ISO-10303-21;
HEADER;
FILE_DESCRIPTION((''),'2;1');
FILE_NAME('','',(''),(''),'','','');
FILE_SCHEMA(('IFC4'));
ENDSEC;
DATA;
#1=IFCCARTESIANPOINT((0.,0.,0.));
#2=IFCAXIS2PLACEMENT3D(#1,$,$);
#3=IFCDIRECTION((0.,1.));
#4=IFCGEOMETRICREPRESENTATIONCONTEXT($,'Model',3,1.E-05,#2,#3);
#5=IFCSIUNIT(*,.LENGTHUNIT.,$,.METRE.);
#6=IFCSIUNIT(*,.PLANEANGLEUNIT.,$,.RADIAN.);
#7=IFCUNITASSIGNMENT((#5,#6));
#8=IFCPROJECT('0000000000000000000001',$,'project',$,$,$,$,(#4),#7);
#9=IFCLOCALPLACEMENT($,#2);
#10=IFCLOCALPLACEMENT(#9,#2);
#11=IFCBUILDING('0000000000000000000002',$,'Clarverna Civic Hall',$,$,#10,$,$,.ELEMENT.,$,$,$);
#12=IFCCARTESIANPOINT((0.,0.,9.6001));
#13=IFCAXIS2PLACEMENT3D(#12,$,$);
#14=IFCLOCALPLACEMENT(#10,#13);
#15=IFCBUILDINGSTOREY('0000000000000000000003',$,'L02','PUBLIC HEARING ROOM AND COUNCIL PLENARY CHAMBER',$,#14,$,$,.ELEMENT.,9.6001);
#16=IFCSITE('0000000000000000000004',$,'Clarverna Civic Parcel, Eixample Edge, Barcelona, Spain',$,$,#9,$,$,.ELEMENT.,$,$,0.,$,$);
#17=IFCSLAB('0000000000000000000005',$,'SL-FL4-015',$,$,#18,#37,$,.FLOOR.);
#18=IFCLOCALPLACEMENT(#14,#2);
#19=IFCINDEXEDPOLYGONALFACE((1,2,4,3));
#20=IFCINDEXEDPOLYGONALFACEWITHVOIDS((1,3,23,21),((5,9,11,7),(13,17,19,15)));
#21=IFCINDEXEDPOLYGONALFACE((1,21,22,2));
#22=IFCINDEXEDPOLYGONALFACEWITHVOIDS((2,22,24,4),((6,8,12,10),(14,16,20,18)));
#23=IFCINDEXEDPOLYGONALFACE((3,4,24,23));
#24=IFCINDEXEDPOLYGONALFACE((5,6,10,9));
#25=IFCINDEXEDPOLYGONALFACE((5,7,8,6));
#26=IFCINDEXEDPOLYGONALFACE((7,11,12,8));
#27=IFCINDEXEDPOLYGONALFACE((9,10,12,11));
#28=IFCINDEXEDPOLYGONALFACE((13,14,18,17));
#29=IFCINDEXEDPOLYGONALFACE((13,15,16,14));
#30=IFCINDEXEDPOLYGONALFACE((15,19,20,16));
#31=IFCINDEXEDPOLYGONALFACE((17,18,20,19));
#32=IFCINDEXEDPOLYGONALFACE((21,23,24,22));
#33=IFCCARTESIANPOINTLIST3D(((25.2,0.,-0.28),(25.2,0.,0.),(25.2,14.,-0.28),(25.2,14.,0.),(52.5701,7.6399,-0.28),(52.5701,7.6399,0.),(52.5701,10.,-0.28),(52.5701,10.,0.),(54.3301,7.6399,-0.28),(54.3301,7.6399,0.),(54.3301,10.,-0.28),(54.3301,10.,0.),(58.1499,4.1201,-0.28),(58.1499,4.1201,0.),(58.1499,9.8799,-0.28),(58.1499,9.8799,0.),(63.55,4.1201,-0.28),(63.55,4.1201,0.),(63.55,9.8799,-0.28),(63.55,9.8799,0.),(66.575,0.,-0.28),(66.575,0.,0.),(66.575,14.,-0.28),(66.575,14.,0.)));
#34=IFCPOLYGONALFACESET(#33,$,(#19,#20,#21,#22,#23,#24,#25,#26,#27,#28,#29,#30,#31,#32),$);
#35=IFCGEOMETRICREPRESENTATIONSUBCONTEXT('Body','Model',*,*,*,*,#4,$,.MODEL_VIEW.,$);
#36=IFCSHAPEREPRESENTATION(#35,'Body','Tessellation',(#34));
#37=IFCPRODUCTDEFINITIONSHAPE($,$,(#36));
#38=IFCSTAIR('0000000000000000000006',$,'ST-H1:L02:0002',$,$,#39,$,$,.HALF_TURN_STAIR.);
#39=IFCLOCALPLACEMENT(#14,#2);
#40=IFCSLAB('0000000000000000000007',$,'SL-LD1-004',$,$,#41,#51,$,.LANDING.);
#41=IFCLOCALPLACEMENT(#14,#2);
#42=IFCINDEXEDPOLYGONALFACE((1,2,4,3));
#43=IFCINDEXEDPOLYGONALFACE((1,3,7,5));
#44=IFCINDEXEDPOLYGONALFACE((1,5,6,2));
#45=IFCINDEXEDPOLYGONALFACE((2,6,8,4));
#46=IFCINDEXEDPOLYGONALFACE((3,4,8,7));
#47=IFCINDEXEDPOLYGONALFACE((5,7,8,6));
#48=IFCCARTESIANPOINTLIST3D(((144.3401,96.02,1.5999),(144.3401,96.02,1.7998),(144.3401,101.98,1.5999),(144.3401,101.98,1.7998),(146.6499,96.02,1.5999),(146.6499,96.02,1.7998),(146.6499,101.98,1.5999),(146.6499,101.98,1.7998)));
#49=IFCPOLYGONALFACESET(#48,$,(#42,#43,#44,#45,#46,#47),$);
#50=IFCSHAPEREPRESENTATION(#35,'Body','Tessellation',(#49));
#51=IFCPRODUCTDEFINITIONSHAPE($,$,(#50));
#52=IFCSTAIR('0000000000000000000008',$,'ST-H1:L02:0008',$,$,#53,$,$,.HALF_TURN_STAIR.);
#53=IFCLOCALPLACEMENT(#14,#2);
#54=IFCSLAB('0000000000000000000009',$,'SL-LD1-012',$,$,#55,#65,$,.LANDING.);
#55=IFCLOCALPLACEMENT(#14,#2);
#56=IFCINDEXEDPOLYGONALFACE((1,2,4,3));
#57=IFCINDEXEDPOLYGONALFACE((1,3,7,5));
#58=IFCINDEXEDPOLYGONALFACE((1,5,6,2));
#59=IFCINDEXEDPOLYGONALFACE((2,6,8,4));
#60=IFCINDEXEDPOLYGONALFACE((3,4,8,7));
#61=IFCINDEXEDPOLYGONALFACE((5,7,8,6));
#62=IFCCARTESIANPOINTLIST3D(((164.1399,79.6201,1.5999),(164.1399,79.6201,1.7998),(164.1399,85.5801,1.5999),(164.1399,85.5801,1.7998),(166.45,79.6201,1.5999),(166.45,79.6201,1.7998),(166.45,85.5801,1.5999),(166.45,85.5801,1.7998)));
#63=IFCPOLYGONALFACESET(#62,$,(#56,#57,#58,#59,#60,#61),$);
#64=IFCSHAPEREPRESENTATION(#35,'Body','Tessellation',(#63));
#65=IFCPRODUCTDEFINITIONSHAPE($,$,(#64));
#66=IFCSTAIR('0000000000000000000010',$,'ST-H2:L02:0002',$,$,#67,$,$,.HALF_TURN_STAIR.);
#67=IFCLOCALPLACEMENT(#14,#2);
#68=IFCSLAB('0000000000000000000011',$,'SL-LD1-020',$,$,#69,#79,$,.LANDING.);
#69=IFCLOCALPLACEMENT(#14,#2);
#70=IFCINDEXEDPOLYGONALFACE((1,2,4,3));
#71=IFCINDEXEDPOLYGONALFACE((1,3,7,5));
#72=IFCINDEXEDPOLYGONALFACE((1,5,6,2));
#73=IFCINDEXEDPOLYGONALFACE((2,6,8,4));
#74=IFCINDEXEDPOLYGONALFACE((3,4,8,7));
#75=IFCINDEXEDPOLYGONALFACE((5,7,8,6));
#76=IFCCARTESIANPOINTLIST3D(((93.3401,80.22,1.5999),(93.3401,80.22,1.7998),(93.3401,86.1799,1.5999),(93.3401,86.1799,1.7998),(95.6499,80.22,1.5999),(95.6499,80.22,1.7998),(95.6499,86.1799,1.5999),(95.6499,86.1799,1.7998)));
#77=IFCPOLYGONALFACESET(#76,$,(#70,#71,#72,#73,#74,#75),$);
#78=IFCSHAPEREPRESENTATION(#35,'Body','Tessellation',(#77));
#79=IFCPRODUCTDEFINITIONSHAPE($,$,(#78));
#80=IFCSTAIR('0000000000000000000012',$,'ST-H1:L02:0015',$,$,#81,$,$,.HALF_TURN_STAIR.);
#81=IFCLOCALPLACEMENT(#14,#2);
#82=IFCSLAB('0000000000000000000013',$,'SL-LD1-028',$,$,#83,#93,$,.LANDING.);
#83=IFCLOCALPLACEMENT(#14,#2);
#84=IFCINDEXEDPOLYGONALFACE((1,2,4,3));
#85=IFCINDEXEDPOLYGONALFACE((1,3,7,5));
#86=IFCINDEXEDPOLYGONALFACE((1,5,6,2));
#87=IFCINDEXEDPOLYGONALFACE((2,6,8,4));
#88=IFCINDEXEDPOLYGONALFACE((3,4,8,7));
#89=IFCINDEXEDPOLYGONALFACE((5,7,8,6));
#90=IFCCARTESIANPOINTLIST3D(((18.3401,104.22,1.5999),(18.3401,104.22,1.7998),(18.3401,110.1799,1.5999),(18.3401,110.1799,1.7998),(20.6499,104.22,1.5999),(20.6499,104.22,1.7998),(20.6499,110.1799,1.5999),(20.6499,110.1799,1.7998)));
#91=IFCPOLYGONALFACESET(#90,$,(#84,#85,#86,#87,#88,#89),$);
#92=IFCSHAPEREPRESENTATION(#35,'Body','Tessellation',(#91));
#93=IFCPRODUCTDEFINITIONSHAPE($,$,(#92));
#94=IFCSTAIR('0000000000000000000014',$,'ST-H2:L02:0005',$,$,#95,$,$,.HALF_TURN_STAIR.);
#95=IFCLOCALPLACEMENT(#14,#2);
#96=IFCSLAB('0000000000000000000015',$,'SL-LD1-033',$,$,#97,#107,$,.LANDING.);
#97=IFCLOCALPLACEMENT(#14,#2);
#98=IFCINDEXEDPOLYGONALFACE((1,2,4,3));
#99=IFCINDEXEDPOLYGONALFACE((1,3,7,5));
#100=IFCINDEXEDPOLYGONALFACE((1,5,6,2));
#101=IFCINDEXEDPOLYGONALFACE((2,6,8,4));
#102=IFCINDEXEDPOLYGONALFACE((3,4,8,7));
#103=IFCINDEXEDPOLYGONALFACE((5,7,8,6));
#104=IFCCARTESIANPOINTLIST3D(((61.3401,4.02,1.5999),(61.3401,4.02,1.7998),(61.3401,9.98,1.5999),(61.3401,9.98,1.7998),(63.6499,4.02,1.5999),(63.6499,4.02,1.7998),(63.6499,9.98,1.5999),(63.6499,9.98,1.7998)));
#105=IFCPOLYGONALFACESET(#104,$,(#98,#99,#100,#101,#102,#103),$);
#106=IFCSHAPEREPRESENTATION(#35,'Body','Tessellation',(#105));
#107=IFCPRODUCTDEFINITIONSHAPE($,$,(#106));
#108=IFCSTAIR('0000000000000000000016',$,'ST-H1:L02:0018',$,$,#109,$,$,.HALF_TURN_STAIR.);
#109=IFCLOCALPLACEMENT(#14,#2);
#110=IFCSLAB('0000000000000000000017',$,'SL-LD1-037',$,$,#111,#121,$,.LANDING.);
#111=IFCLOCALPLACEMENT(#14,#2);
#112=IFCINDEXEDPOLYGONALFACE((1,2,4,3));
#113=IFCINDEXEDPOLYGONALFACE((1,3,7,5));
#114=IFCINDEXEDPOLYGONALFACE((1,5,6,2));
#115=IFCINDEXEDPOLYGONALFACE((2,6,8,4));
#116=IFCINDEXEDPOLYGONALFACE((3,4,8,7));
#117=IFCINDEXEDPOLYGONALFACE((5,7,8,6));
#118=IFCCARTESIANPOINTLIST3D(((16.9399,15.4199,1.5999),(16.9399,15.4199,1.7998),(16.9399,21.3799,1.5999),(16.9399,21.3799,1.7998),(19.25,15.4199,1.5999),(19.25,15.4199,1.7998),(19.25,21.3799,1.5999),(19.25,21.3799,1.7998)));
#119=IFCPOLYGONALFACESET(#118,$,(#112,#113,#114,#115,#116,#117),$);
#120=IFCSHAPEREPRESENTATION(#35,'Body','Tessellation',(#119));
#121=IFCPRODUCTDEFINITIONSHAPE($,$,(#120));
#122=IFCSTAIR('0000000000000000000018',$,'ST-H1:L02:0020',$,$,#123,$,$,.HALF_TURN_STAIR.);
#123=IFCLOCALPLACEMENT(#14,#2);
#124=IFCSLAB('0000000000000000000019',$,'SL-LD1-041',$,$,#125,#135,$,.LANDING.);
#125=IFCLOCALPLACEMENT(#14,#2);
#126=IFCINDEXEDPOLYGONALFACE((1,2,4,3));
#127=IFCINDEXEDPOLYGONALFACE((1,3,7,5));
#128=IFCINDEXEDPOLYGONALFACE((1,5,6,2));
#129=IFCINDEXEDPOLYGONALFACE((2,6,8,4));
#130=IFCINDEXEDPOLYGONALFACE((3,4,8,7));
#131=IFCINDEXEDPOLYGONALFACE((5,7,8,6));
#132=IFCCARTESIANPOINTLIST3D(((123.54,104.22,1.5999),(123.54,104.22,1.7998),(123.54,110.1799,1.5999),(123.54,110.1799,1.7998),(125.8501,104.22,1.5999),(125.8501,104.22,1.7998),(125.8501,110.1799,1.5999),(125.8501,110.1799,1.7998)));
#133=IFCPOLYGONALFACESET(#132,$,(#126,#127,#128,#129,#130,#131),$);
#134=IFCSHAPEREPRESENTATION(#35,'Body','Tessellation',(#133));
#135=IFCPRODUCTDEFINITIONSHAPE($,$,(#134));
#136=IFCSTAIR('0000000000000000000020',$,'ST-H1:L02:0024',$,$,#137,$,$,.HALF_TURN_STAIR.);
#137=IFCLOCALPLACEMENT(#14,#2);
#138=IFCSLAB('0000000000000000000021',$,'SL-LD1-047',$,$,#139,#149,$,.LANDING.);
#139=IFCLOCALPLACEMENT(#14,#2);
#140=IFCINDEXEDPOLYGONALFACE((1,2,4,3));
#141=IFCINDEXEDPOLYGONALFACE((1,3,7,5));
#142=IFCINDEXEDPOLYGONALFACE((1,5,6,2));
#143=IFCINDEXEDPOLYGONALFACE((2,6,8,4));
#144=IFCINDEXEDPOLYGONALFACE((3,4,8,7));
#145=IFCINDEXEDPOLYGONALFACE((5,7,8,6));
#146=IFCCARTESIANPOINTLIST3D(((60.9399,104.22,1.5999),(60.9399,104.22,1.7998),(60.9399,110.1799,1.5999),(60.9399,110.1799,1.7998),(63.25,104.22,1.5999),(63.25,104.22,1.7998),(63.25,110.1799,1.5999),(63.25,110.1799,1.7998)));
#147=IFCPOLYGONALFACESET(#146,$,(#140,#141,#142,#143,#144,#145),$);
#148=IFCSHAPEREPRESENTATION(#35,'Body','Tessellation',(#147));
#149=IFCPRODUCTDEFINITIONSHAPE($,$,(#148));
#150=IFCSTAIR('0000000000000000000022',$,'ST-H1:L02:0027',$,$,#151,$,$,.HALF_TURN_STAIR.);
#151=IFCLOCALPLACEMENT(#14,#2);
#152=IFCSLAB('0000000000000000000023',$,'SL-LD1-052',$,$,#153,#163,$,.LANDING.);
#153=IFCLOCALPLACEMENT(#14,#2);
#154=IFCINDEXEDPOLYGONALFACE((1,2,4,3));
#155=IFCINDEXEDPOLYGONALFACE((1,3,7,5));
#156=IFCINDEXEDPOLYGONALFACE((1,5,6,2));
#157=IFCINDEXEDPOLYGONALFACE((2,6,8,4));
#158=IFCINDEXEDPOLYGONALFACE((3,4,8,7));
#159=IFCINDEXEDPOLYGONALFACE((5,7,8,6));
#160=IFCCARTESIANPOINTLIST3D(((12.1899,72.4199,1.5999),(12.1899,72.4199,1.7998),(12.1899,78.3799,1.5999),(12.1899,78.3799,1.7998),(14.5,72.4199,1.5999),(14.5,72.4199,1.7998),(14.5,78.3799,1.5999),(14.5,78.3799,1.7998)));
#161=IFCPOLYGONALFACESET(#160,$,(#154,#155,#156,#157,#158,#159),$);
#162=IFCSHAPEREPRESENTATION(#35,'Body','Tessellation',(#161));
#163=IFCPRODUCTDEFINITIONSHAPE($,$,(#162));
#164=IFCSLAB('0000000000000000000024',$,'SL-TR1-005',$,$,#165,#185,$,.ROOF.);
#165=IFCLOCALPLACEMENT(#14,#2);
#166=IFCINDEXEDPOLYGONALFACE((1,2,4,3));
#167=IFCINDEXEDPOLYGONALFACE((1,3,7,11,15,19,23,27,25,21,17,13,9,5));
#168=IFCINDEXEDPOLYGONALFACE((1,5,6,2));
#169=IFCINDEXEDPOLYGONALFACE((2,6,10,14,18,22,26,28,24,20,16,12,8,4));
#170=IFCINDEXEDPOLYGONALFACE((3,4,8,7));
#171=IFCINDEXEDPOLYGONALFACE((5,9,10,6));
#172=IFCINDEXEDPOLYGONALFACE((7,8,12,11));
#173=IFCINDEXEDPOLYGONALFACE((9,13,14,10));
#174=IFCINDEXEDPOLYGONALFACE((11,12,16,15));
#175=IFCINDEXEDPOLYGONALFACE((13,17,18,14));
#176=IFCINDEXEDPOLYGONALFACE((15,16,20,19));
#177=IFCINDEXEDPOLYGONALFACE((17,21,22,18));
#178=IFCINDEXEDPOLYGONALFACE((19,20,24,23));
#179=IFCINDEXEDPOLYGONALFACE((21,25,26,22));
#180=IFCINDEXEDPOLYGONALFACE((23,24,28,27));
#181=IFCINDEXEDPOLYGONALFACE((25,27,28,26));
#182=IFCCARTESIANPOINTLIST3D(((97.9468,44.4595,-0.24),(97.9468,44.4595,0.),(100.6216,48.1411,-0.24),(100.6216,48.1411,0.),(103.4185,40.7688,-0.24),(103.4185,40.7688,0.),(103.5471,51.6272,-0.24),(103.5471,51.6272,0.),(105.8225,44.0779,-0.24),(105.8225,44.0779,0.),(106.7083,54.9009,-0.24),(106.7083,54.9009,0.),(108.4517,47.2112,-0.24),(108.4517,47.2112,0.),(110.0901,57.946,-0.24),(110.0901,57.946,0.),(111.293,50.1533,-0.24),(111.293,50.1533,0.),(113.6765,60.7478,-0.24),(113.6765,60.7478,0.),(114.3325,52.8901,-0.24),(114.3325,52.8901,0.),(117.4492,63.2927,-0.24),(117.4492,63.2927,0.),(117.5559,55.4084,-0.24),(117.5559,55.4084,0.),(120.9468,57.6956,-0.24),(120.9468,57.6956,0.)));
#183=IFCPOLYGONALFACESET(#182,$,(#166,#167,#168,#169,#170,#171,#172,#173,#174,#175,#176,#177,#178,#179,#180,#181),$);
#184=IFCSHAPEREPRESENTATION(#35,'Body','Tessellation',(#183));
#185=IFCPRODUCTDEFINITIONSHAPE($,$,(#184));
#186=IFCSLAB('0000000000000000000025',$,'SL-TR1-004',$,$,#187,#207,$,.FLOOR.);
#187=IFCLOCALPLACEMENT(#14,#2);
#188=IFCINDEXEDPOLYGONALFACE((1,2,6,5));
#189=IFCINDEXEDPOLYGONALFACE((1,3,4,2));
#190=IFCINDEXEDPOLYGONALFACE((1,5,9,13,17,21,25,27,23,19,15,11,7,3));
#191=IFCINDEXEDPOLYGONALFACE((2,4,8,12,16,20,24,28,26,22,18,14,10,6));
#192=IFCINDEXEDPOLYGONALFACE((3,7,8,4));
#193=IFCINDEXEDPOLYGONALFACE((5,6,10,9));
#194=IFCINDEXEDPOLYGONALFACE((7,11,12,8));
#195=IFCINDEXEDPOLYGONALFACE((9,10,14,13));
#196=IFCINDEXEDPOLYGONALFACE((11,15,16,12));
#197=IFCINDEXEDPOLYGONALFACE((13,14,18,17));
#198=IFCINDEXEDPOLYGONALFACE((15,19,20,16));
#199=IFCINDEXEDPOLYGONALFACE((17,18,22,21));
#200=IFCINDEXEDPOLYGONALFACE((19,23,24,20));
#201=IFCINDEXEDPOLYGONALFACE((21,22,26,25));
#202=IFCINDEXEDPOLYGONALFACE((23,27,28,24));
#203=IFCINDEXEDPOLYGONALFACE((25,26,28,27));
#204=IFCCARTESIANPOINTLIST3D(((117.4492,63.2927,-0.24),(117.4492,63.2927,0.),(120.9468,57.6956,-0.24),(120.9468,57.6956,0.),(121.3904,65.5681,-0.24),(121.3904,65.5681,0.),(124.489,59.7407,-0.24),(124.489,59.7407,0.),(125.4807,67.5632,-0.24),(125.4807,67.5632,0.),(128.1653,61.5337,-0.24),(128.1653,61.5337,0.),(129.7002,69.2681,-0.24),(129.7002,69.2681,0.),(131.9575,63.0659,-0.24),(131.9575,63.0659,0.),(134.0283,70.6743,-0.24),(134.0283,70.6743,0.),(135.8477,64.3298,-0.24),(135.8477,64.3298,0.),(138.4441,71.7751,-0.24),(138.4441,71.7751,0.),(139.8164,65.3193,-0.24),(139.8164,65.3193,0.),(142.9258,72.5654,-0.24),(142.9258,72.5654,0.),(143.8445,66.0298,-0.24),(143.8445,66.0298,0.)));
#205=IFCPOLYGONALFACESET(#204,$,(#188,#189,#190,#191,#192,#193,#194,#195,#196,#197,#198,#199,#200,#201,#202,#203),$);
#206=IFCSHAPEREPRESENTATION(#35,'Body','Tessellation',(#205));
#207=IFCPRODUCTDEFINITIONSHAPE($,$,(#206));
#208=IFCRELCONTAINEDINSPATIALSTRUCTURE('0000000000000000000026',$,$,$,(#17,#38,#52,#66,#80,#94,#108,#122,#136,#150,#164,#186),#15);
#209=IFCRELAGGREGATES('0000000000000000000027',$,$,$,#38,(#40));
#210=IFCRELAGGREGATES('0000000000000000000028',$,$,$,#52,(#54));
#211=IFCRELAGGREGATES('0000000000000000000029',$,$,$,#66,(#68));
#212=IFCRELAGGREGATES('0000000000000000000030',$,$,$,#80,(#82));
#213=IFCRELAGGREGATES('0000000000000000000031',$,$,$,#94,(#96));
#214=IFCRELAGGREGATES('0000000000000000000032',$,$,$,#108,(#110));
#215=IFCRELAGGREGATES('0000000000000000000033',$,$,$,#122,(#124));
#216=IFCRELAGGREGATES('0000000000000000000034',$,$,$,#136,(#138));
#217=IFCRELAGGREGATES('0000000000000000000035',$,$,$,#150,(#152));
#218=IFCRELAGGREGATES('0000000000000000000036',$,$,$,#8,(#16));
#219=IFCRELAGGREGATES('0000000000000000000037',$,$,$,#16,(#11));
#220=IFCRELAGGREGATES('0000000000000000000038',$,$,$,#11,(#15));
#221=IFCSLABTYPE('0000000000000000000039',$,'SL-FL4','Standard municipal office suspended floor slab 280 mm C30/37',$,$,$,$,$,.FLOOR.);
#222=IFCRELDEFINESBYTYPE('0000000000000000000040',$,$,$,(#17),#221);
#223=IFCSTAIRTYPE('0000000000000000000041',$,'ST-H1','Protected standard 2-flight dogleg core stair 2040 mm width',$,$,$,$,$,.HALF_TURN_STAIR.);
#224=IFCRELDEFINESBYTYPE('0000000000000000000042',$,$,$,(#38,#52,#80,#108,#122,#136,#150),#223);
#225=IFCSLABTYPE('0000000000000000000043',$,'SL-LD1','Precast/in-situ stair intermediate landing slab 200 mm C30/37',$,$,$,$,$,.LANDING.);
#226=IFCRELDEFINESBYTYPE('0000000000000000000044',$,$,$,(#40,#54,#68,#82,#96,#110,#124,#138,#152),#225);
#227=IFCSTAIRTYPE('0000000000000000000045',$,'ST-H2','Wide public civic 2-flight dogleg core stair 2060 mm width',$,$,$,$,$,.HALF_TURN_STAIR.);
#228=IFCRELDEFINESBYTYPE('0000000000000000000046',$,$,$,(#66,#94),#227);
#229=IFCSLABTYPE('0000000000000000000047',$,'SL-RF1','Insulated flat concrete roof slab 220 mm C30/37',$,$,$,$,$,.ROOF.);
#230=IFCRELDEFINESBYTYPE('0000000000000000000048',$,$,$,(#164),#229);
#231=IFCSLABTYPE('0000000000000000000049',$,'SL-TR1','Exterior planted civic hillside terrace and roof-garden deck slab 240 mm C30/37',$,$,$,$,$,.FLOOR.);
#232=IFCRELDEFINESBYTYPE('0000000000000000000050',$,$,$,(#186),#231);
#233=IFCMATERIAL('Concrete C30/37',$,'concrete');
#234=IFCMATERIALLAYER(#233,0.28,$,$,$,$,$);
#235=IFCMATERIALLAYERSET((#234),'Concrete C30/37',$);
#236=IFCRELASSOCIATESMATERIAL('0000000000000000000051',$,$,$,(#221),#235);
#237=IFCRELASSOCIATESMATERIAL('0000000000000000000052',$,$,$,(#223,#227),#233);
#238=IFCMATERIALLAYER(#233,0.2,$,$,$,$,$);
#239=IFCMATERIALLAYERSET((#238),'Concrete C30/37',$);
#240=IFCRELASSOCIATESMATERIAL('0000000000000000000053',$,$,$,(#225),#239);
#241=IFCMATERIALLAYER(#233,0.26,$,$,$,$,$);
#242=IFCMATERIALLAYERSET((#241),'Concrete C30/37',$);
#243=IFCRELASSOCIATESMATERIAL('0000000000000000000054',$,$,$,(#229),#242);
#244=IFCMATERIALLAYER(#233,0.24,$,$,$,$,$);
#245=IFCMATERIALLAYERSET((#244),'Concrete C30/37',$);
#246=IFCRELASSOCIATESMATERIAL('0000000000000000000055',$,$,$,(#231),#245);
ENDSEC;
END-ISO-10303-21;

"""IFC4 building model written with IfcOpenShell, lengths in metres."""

from ifc_helpers import new_model, si_unit, direction, frame, origin, place, context, subcontext, project, spatial, polyline, outline, extrude, material, layer, layer_set, type_object, element, aggregate, save


model = new_model("IFC4")

# Units and contexts
model_context = context("Model", 3, precision=1e-05, world=origin(), true_north=direction((0.0, 1.0)))
body_context = subcontext(model_context, "Body", "Model", "MODEL_VIEW")
ifc_project = project(units=[si_unit("LENGTHUNIT", "METRE"), si_unit("PLANEANGLEUNIT", "RADIAN")], contexts=[model_context])

# Site, building, storey
site_placement = place(None, origin())
site = spatial("IfcSite", under=ifc_project, at=site_placement, Name="Clarverna Civic Parcel, Eixample Edge, Barcelona, Spain", CompositionType="ELEMENT", RefElevation=0.0)
building_placement = place(site_placement, origin())
building = spatial("IfcBuilding", under=site, at=building_placement, Name="Clarverna Civic Hall", CompositionType="ELEMENT")
storey_placement = place(building_placement, frame((0.0, 0.0, 9.6001)))
storey = spatial("IfcBuildingStorey", under=building, at=storey_placement, Name="L02", Description="PUBLIC HEARING ROOM AND COUNCIL PLENARY CHAMBER", CompositionType="ELEMENT", Elevation=9.6001)

# Slab
ifc_material_1 = material(Name="Concrete C30/37", Category="concrete")
ifc_layer_1 = layer(ifc_material_1, 0.28)
ifc_layer_set_1 = layer_set([ifc_layer_1], Name="Concrete C30/37")
slab_type_1 = type_object("IfcSlabType", Name="SL-FL4", Description="Standard municipal office suspended floor slab 280 mm C30/37", PredefinedType="FLOOR", material=ifc_layer_set_1)
slab_1_placement = place(storey_placement, frame((0.0, 0.0, -0.28)))
element("IfcSlab", 1, at=slab_1_placement, inside=storey, type_object=slab_type_1, Name="SL-FL4-015", PredefinedType="FLOOR", context=body_context, shape_type="SweptSolid", body=[
    extrude(outline(polyline([(25.2, 0.0), (66.575, 0.0), (66.575, 14.0), (25.2, 14.0), (25.2, 0.0)]), holes=[polyline([(58.1499, 4.1201), (63.55, 4.1201), (63.55, 9.8799), (58.1499, 9.8799), (58.1499, 4.1201)]), polyline([(52.5701, 7.6399), (54.3301, 7.6399), (54.3301, 10.0), (52.5701, 10.0), (52.5701, 7.6399)])]), origin(), (0.0, 0.0, 1.0), 0.28),
])

# Stairs, slabs
stair_type_1 = type_object("IfcStairType", Name="ST-H1", Description="Protected standard 2-flight dogleg core stair 2040 mm width", PredefinedType="HALF_TURN_STAIR", material=ifc_material_1)
stair_1_placement = place(storey_placement, origin())
stair_1 = element("IfcStair", 2, at=stair_1_placement, inside=storey, type_object=stair_type_1, Name="ST-H1:L02:0002", PredefinedType="HALF_TURN_STAIR")
ifc_layer_2 = layer(ifc_material_1, 0.2)
ifc_layer_set_2 = layer_set([ifc_layer_2], Name="Concrete C30/37")
slab_type_2 = type_object("IfcSlabType", Name="SL-LD1", Description="Precast/in-situ stair intermediate landing slab 200 mm C30/37", PredefinedType="LANDING", material=ifc_layer_set_2)
slab_2_placement = place(storey_placement, frame((0.0, 0.0, 1.5999)))
slab_2 = element("IfcSlab", 3, at=slab_2_placement, type_object=slab_type_2, Name="SL-LD1-004", PredefinedType="LANDING", context=body_context, shape_type="SweptSolid", body=[
    extrude(outline(polyline([(144.3401, 96.02), (146.6499, 96.02), (146.6499, 101.98), (144.3401, 101.98), (144.3401, 96.02)])), origin(), (0.0, 0.0, 1.0), 0.2),
])
aggregate(stair_1, [slab_2])
stair_2_placement = place(storey_placement, origin())
stair_2 = element("IfcStair", 4, at=stair_2_placement, inside=storey, type_object=stair_type_1, Name="ST-H1:L02:0008", PredefinedType="HALF_TURN_STAIR")
slab_3_placement = place(storey_placement, frame((0.0, 0.0, 1.5999)))
slab_3 = element("IfcSlab", 5, at=slab_3_placement, type_object=slab_type_2, Name="SL-LD1-012", PredefinedType="LANDING", context=body_context, shape_type="SweptSolid", body=[
    extrude(outline(polyline([(164.1399, 79.6201), (166.45, 79.6201), (166.45, 85.5801), (164.1399, 85.5801), (164.1399, 79.6201)])), origin(), (0.0, 0.0, 1.0), 0.2),
])
aggregate(stair_2, [slab_3])
stair_type_2 = type_object("IfcStairType", Name="ST-H2", Description="Wide public civic 2-flight dogleg core stair 2060 mm width", PredefinedType="HALF_TURN_STAIR", material=ifc_material_1)
stair_3_placement = place(storey_placement, origin())
stair_3 = element("IfcStair", 6, at=stair_3_placement, inside=storey, type_object=stair_type_2, Name="ST-H2:L02:0002", PredefinedType="HALF_TURN_STAIR")
slab_4_placement = place(storey_placement, frame((0.0, 0.0, 1.5999)))
slab_4 = element("IfcSlab", 7, at=slab_4_placement, type_object=slab_type_2, Name="SL-LD1-020", PredefinedType="LANDING", context=body_context, shape_type="SweptSolid", body=[
    extrude(outline(polyline([(93.3401, 80.22), (95.6499, 80.22), (95.6499, 86.1799), (93.3401, 86.1799), (93.3401, 80.22)])), origin(), (0.0, 0.0, 1.0), 0.2),
])
aggregate(stair_3, [slab_4])
stair_4_placement = place(storey_placement, origin())
stair_4 = element("IfcStair", 8, at=stair_4_placement, inside=storey, type_object=stair_type_1, Name="ST-H1:L02:0015", PredefinedType="HALF_TURN_STAIR")
slab_5_placement = place(storey_placement, frame((0.0, 0.0, 1.5999)))
slab_5 = element("IfcSlab", 9, at=slab_5_placement, type_object=slab_type_2, Name="SL-LD1-028", PredefinedType="LANDING", context=body_context, shape_type="SweptSolid", body=[
    extrude(outline(polyline([(18.3401, 104.22), (20.6499, 104.22), (20.6499, 110.1799), (18.3401, 110.1799), (18.3401, 104.22)])), origin(), (0.0, 0.0, 1.0), 0.2),
])
aggregate(stair_4, [slab_5])
stair_5_placement = place(storey_placement, origin())
stair_5 = element("IfcStair", 10, at=stair_5_placement, inside=storey, type_object=stair_type_2, Name="ST-H2:L02:0005", PredefinedType="HALF_TURN_STAIR")
slab_6_placement = place(storey_placement, frame((0.0, 0.0, 1.5999)))
slab_6 = element("IfcSlab", 11, at=slab_6_placement, type_object=slab_type_2, Name="SL-LD1-033", PredefinedType="LANDING", context=body_context, shape_type="SweptSolid", body=[
    extrude(outline(polyline([(61.3401, 4.02), (63.6499, 4.02), (63.6499, 9.98), (61.3401, 9.98), (61.3401, 4.02)])), origin(), (0.0, 0.0, 1.0), 0.2),
])
aggregate(stair_5, [slab_6])
stair_6_placement = place(storey_placement, origin())
stair_6 = element("IfcStair", 12, at=stair_6_placement, inside=storey, type_object=stair_type_1, Name="ST-H1:L02:0018", PredefinedType="HALF_TURN_STAIR")
slab_7_placement = place(storey_placement, frame((0.0, 0.0, 1.5999)))
slab_7 = element("IfcSlab", 13, at=slab_7_placement, type_object=slab_type_2, Name="SL-LD1-037", PredefinedType="LANDING", context=body_context, shape_type="SweptSolid", body=[
    extrude(outline(polyline([(16.9399, 15.4199), (19.25, 15.4199), (19.25, 21.3799), (16.9399, 21.3799), (16.9399, 15.4199)])), origin(), (0.0, 0.0, 1.0), 0.2),
])
aggregate(stair_6, [slab_7])
stair_7_placement = place(storey_placement, origin())
stair_7 = element("IfcStair", 14, at=stair_7_placement, inside=storey, type_object=stair_type_1, Name="ST-H1:L02:0020", PredefinedType="HALF_TURN_STAIR")
slab_8_placement = place(storey_placement, frame((0.0, 0.0, 1.5999)))
slab_8 = element("IfcSlab", 15, at=slab_8_placement, type_object=slab_type_2, Name="SL-LD1-041", PredefinedType="LANDING", context=body_context, shape_type="SweptSolid", body=[
    extrude(outline(polyline([(123.54, 104.22), (125.8501, 104.22), (125.8501, 110.1799), (123.54, 110.1799), (123.54, 104.22)])), origin(), (0.0, 0.0, 1.0), 0.2),
])
aggregate(stair_7, [slab_8])
stair_8_placement = place(storey_placement, origin())
stair_8 = element("IfcStair", 16, at=stair_8_placement, inside=storey, type_object=stair_type_1, Name="ST-H1:L02:0024", PredefinedType="HALF_TURN_STAIR")
slab_9_placement = place(storey_placement, frame((0.0, 0.0, 1.5999)))
slab_9 = element("IfcSlab", 17, at=slab_9_placement, type_object=slab_type_2, Name="SL-LD1-047", PredefinedType="LANDING", context=body_context, shape_type="SweptSolid", body=[
    extrude(outline(polyline([(60.9399, 104.22), (63.25, 104.22), (63.25, 110.1799), (60.9399, 110.1799), (60.9399, 104.22)])), origin(), (0.0, 0.0, 1.0), 0.2),
])
aggregate(stair_8, [slab_9])
stair_9_placement = place(storey_placement, origin())
stair_9 = element("IfcStair", 18, at=stair_9_placement, inside=storey, type_object=stair_type_1, Name="ST-H1:L02:0027", PredefinedType="HALF_TURN_STAIR")
slab_10_placement = place(storey_placement, frame((0.0, 0.0, 1.5999)))
slab_10 = element("IfcSlab", 19, at=slab_10_placement, type_object=slab_type_2, Name="SL-LD1-052", PredefinedType="LANDING", context=body_context, shape_type="SweptSolid", body=[
    extrude(outline(polyline([(12.1899, 72.4199), (14.5, 72.4199), (14.5, 78.3799), (12.1899, 78.3799), (12.1899, 72.4199)])), origin(), (0.0, 0.0, 1.0), 0.2),
])
aggregate(stair_9, [slab_10])

# Slabs
ifc_layer_3 = layer(ifc_material_1, 0.26)
ifc_layer_set_3 = layer_set([ifc_layer_3], Name="Concrete C30/37")
slab_type_3 = type_object("IfcSlabType", Name="SL-RF1", Description="Insulated flat concrete roof slab 220 mm C30/37", PredefinedType="ROOF", material=ifc_layer_set_3)
slab_11_placement = place(storey_placement, frame((0.0, 0.0, -0.24)))
element("IfcSlab", 20, at=slab_11_placement, inside=storey, type_object=slab_type_3, Name="SL-TR1-005", PredefinedType="ROOF", context=body_context, shape_type="SweptSolid", body=[
    extrude(outline(polyline([(114.3325, 52.8901), (117.5559, 55.4084), (120.9468, 57.6956), (117.4492, 63.2927), (113.6765, 60.7478), (110.0901, 57.946), (106.7083, 54.9009), (103.5471, 51.6272), (100.6216, 48.1411), (97.9468, 44.4595), (103.4185, 40.7688), (105.8225, 44.0779), (108.4517, 47.2112), (111.293, 50.1533), (114.3325, 52.8901)])), origin(), (0.0, 0.0, 1.0), 0.24),
])
ifc_layer_4 = layer(ifc_material_1, 0.24)
ifc_layer_set_4 = layer_set([ifc_layer_4], Name="Concrete C30/37")
slab_type_4 = type_object("IfcSlabType", Name="SL-TR1", Description="Exterior planted civic hillside terrace and roof-garden deck slab 240 mm C30/37", PredefinedType="FLOOR", material=ifc_layer_set_4)
slab_12_placement = place(storey_placement, frame((0.0, 0.0, -0.24)))
element("IfcSlab", 21, at=slab_12_placement, inside=storey, type_object=slab_type_4, Name="SL-TR1-004", PredefinedType="FLOOR", context=body_context, shape_type="SweptSolid", body=[
    extrude(outline(polyline([(135.8477, 64.3298), (139.8164, 65.3193), (143.8445, 66.0298), (142.9258, 72.5654), (138.4441, 71.7751), (134.0283, 70.6743), (129.7002, 69.2681), (125.4807, 67.5632), (121.3904, 65.5681), (117.4492, 63.2927), (120.9468, 57.6956), (124.489, 59.7407), (128.1653, 61.5337), (131.9575, 63.0659), (135.8477, 64.3298)])), origin(), (0.0, 0.0, 1.0), 0.24),
])

save(model, "model.ifc")
